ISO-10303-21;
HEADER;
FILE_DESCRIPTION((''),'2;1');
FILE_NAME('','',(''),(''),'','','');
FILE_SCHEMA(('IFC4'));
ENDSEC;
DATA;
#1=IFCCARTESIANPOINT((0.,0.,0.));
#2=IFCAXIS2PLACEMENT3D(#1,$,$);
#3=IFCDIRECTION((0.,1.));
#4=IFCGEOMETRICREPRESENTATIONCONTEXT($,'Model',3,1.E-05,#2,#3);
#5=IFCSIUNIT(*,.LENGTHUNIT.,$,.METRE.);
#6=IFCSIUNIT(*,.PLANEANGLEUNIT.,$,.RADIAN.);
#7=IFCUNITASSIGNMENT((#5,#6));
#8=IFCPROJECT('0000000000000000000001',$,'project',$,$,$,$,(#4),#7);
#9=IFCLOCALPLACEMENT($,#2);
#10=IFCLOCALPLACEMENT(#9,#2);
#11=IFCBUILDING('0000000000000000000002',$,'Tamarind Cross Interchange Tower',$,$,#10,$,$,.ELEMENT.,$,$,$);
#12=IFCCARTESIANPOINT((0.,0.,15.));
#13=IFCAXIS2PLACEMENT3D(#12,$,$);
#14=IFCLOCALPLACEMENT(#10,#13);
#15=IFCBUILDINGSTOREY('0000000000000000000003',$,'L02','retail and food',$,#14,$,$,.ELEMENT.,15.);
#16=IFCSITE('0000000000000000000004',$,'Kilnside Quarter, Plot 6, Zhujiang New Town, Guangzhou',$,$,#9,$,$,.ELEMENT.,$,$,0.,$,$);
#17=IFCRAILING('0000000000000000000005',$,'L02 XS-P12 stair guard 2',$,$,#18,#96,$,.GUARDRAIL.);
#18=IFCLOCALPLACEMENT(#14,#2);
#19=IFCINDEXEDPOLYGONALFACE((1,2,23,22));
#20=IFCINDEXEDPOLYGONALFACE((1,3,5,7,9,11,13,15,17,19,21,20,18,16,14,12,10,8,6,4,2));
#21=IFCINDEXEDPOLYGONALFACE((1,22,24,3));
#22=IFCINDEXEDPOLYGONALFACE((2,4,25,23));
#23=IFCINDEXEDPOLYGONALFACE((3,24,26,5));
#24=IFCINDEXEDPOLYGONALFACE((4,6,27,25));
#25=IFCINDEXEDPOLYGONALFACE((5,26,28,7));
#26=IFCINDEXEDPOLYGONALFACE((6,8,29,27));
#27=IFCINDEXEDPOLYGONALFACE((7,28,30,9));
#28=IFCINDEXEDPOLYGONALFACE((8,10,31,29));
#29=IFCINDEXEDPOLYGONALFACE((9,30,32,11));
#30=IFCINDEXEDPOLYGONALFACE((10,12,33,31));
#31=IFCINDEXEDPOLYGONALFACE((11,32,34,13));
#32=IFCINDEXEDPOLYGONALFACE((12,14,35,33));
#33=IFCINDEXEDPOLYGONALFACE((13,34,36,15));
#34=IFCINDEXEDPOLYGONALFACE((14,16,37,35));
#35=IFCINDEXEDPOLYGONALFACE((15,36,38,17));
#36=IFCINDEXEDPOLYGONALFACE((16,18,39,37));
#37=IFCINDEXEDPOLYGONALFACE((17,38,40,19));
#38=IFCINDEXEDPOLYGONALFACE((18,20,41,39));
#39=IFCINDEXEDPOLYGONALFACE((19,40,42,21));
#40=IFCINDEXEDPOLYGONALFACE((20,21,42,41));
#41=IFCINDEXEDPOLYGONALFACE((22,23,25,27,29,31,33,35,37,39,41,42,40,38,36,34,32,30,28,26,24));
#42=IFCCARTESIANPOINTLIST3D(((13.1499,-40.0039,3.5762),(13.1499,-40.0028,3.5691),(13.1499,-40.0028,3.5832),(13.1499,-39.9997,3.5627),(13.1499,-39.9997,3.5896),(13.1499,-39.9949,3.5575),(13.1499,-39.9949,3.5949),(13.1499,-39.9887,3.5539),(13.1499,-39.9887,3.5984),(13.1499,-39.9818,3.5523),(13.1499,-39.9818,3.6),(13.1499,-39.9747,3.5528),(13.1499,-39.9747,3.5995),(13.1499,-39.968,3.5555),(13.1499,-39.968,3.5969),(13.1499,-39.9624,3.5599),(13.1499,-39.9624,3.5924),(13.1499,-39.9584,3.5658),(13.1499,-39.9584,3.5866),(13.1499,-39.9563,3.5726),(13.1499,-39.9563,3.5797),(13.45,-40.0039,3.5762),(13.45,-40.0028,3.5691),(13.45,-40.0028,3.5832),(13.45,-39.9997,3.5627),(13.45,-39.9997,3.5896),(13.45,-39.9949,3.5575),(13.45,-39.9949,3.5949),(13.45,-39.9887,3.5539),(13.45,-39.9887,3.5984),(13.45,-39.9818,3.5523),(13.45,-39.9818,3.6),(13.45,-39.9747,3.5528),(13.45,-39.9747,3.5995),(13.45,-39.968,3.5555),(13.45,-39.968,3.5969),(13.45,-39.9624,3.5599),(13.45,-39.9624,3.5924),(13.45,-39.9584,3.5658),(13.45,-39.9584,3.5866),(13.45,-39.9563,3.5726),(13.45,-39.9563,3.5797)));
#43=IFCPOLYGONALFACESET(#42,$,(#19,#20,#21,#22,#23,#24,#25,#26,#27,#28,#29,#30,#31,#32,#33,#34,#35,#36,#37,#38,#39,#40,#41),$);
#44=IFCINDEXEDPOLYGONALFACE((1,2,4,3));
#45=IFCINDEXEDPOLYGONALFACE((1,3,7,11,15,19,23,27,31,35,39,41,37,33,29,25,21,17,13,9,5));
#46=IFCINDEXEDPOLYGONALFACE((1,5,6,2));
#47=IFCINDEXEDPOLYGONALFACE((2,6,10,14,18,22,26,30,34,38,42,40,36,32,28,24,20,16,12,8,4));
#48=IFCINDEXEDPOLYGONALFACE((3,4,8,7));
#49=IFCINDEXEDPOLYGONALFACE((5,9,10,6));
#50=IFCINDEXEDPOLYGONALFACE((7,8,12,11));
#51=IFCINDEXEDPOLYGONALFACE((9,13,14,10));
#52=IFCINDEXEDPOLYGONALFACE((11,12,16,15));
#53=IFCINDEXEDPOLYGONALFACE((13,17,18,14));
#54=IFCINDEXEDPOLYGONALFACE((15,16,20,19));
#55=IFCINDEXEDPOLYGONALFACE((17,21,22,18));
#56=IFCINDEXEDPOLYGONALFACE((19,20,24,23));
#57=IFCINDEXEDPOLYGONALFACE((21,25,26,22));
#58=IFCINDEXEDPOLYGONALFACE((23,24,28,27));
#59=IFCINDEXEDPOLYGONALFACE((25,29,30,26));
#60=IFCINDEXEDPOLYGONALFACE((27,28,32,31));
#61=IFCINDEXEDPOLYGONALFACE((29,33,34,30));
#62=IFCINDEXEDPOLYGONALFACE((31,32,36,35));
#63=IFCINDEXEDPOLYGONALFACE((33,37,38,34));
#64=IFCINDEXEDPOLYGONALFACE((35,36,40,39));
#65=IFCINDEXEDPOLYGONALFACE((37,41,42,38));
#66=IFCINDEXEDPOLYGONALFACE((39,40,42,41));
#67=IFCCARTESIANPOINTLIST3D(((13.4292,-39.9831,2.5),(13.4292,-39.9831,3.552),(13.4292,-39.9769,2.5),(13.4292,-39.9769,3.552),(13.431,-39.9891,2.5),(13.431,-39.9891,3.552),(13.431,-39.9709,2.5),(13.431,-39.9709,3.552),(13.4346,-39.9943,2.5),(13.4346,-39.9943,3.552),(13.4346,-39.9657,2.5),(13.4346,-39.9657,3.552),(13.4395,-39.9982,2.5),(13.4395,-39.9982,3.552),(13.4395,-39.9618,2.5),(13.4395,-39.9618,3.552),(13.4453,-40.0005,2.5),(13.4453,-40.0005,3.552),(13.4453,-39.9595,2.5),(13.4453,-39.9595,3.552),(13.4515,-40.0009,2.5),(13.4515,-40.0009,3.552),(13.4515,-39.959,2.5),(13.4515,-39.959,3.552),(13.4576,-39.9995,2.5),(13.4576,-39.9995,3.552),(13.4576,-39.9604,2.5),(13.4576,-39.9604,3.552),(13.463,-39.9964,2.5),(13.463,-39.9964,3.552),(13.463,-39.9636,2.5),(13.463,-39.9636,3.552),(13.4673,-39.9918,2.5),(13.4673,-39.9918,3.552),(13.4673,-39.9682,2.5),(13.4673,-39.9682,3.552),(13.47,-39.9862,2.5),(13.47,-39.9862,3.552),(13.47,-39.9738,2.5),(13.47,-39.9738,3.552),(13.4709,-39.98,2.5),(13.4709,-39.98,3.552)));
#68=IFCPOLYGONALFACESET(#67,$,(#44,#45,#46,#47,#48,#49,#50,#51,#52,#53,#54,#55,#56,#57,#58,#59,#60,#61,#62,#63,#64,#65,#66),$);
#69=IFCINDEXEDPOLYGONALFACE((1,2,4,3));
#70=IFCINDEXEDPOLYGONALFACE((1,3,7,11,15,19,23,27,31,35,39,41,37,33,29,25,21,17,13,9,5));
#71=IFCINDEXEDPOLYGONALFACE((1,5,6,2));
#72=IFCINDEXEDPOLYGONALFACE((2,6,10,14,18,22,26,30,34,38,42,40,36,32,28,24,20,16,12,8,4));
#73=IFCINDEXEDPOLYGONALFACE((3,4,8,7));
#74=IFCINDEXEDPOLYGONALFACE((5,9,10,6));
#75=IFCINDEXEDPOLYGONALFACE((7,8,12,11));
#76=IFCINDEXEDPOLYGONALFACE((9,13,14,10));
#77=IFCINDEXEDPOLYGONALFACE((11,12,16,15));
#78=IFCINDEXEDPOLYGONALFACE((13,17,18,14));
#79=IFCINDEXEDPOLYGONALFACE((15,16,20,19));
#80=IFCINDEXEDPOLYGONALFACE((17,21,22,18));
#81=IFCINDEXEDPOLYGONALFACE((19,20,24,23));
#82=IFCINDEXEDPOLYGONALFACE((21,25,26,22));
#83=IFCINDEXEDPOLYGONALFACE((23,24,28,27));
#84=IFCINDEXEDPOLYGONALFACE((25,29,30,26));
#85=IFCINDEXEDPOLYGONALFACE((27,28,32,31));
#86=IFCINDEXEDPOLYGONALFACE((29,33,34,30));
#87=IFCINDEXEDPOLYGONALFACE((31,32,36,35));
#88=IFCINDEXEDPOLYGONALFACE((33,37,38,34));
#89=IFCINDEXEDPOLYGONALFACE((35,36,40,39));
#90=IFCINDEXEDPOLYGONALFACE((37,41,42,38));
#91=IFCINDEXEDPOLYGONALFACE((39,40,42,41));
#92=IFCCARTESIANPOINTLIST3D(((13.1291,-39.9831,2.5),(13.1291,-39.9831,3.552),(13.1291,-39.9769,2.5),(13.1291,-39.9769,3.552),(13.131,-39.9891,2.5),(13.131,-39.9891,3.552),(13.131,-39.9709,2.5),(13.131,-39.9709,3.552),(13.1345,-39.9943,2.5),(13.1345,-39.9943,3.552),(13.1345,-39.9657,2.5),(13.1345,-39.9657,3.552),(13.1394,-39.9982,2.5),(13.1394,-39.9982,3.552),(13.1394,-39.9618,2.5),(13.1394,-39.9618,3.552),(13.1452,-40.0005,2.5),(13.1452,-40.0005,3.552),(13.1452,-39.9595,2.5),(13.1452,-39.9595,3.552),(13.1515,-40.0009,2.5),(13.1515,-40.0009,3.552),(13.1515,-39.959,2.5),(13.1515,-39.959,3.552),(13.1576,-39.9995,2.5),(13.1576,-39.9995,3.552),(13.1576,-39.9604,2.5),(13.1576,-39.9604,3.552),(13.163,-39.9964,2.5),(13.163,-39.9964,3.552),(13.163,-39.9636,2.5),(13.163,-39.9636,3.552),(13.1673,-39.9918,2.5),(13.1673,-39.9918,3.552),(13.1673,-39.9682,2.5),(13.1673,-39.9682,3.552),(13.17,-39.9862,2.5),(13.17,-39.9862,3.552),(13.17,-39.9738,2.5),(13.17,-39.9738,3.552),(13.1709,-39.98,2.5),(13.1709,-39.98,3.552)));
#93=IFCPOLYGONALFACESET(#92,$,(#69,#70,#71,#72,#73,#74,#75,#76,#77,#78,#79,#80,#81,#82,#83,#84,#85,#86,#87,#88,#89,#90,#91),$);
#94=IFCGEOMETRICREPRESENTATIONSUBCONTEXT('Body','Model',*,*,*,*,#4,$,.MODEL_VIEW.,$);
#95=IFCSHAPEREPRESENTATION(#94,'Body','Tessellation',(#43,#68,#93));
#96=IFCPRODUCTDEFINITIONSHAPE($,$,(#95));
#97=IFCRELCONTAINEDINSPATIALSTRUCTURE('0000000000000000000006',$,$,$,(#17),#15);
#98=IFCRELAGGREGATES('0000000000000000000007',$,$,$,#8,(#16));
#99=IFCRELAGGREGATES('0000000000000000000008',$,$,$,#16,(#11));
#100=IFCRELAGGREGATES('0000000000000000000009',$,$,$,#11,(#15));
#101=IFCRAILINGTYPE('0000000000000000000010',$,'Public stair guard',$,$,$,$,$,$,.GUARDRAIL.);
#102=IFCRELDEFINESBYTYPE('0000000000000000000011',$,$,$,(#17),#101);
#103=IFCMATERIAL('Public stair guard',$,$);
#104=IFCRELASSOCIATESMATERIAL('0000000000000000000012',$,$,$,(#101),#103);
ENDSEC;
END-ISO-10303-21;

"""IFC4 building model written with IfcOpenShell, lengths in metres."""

from ifc_helpers import new_model, si_unit, direction, frame, origin, origin_2d, place, context, subcontext, project, spatial, circle, extrude, material, type_object, element, save


model = new_model("IFC4")

# Units and contexts
model_context = context("Model", 3, precision=1e-05, world=origin(), true_north=direction((0.0, 1.0)))
body_context = subcontext(model_context, "Body", "Model", "MODEL_VIEW")
ifc_project = project(units=[si_unit("LENGTHUNIT", "METRE"), si_unit("PLANEANGLEUNIT", "RADIAN")], contexts=[model_context])

# Site, building, storey
site_placement = place(None, origin())
site = spatial("IfcSite", under=ifc_project, at=site_placement, Name="Kilnside Quarter, Plot 6, Zhujiang New Town, Guangzhou", CompositionType="ELEMENT", RefElevation=0.0)
building_placement = place(site_placement, origin())
building = spatial("IfcBuilding", under=site, at=building_placement, Name="Tamarind Cross Interchange Tower", CompositionType="ELEMENT")
storey_placement = place(building_placement, frame((0.0, 0.0, 15.0)))
storey = spatial("IfcBuildingStorey", under=building, at=storey_placement, Name="L02", Description="retail and food", CompositionType="ELEMENT", Elevation=15.0)

# Railing
ifc_material_1 = material(Name="Public stair guard")
railing_type = type_object("IfcRailingType", Name="Public stair guard", PredefinedType="GUARDRAIL", material=ifc_material_1)
railing_1_placement = place(storey_placement, frame((13.45, -39.98, 2.5)))
element("IfcRailing", 1, at=railing_1_placement, inside=storey, type_object=railing_type, Name="L02 XS-P12 stair guard 2", PredefinedType="GUARDRAIL", context=body_context, shape_type="SweptSolid", body=[
    extrude(circle(Radius=0.0239, at=origin_2d()), frame((0.0, 0.0, 1.0762), z_axis=(-1.0, 0.0, 0.0), x_axis=(0.0, -1.0, 0.0)), (0.0, 0.0, 1.0), 0.3),
    extrude(circle(Radius=0.021, at=origin_2d()), origin(), (0.0, 0.0, 1.0), 1.052),
    extrude(circle(Radius=0.021, at=origin_2d()), frame((-0.3, 0.0, 0.0)), (0.0, 0.0, 1.0), 1.052),
])

save(model, "model.ifc")
